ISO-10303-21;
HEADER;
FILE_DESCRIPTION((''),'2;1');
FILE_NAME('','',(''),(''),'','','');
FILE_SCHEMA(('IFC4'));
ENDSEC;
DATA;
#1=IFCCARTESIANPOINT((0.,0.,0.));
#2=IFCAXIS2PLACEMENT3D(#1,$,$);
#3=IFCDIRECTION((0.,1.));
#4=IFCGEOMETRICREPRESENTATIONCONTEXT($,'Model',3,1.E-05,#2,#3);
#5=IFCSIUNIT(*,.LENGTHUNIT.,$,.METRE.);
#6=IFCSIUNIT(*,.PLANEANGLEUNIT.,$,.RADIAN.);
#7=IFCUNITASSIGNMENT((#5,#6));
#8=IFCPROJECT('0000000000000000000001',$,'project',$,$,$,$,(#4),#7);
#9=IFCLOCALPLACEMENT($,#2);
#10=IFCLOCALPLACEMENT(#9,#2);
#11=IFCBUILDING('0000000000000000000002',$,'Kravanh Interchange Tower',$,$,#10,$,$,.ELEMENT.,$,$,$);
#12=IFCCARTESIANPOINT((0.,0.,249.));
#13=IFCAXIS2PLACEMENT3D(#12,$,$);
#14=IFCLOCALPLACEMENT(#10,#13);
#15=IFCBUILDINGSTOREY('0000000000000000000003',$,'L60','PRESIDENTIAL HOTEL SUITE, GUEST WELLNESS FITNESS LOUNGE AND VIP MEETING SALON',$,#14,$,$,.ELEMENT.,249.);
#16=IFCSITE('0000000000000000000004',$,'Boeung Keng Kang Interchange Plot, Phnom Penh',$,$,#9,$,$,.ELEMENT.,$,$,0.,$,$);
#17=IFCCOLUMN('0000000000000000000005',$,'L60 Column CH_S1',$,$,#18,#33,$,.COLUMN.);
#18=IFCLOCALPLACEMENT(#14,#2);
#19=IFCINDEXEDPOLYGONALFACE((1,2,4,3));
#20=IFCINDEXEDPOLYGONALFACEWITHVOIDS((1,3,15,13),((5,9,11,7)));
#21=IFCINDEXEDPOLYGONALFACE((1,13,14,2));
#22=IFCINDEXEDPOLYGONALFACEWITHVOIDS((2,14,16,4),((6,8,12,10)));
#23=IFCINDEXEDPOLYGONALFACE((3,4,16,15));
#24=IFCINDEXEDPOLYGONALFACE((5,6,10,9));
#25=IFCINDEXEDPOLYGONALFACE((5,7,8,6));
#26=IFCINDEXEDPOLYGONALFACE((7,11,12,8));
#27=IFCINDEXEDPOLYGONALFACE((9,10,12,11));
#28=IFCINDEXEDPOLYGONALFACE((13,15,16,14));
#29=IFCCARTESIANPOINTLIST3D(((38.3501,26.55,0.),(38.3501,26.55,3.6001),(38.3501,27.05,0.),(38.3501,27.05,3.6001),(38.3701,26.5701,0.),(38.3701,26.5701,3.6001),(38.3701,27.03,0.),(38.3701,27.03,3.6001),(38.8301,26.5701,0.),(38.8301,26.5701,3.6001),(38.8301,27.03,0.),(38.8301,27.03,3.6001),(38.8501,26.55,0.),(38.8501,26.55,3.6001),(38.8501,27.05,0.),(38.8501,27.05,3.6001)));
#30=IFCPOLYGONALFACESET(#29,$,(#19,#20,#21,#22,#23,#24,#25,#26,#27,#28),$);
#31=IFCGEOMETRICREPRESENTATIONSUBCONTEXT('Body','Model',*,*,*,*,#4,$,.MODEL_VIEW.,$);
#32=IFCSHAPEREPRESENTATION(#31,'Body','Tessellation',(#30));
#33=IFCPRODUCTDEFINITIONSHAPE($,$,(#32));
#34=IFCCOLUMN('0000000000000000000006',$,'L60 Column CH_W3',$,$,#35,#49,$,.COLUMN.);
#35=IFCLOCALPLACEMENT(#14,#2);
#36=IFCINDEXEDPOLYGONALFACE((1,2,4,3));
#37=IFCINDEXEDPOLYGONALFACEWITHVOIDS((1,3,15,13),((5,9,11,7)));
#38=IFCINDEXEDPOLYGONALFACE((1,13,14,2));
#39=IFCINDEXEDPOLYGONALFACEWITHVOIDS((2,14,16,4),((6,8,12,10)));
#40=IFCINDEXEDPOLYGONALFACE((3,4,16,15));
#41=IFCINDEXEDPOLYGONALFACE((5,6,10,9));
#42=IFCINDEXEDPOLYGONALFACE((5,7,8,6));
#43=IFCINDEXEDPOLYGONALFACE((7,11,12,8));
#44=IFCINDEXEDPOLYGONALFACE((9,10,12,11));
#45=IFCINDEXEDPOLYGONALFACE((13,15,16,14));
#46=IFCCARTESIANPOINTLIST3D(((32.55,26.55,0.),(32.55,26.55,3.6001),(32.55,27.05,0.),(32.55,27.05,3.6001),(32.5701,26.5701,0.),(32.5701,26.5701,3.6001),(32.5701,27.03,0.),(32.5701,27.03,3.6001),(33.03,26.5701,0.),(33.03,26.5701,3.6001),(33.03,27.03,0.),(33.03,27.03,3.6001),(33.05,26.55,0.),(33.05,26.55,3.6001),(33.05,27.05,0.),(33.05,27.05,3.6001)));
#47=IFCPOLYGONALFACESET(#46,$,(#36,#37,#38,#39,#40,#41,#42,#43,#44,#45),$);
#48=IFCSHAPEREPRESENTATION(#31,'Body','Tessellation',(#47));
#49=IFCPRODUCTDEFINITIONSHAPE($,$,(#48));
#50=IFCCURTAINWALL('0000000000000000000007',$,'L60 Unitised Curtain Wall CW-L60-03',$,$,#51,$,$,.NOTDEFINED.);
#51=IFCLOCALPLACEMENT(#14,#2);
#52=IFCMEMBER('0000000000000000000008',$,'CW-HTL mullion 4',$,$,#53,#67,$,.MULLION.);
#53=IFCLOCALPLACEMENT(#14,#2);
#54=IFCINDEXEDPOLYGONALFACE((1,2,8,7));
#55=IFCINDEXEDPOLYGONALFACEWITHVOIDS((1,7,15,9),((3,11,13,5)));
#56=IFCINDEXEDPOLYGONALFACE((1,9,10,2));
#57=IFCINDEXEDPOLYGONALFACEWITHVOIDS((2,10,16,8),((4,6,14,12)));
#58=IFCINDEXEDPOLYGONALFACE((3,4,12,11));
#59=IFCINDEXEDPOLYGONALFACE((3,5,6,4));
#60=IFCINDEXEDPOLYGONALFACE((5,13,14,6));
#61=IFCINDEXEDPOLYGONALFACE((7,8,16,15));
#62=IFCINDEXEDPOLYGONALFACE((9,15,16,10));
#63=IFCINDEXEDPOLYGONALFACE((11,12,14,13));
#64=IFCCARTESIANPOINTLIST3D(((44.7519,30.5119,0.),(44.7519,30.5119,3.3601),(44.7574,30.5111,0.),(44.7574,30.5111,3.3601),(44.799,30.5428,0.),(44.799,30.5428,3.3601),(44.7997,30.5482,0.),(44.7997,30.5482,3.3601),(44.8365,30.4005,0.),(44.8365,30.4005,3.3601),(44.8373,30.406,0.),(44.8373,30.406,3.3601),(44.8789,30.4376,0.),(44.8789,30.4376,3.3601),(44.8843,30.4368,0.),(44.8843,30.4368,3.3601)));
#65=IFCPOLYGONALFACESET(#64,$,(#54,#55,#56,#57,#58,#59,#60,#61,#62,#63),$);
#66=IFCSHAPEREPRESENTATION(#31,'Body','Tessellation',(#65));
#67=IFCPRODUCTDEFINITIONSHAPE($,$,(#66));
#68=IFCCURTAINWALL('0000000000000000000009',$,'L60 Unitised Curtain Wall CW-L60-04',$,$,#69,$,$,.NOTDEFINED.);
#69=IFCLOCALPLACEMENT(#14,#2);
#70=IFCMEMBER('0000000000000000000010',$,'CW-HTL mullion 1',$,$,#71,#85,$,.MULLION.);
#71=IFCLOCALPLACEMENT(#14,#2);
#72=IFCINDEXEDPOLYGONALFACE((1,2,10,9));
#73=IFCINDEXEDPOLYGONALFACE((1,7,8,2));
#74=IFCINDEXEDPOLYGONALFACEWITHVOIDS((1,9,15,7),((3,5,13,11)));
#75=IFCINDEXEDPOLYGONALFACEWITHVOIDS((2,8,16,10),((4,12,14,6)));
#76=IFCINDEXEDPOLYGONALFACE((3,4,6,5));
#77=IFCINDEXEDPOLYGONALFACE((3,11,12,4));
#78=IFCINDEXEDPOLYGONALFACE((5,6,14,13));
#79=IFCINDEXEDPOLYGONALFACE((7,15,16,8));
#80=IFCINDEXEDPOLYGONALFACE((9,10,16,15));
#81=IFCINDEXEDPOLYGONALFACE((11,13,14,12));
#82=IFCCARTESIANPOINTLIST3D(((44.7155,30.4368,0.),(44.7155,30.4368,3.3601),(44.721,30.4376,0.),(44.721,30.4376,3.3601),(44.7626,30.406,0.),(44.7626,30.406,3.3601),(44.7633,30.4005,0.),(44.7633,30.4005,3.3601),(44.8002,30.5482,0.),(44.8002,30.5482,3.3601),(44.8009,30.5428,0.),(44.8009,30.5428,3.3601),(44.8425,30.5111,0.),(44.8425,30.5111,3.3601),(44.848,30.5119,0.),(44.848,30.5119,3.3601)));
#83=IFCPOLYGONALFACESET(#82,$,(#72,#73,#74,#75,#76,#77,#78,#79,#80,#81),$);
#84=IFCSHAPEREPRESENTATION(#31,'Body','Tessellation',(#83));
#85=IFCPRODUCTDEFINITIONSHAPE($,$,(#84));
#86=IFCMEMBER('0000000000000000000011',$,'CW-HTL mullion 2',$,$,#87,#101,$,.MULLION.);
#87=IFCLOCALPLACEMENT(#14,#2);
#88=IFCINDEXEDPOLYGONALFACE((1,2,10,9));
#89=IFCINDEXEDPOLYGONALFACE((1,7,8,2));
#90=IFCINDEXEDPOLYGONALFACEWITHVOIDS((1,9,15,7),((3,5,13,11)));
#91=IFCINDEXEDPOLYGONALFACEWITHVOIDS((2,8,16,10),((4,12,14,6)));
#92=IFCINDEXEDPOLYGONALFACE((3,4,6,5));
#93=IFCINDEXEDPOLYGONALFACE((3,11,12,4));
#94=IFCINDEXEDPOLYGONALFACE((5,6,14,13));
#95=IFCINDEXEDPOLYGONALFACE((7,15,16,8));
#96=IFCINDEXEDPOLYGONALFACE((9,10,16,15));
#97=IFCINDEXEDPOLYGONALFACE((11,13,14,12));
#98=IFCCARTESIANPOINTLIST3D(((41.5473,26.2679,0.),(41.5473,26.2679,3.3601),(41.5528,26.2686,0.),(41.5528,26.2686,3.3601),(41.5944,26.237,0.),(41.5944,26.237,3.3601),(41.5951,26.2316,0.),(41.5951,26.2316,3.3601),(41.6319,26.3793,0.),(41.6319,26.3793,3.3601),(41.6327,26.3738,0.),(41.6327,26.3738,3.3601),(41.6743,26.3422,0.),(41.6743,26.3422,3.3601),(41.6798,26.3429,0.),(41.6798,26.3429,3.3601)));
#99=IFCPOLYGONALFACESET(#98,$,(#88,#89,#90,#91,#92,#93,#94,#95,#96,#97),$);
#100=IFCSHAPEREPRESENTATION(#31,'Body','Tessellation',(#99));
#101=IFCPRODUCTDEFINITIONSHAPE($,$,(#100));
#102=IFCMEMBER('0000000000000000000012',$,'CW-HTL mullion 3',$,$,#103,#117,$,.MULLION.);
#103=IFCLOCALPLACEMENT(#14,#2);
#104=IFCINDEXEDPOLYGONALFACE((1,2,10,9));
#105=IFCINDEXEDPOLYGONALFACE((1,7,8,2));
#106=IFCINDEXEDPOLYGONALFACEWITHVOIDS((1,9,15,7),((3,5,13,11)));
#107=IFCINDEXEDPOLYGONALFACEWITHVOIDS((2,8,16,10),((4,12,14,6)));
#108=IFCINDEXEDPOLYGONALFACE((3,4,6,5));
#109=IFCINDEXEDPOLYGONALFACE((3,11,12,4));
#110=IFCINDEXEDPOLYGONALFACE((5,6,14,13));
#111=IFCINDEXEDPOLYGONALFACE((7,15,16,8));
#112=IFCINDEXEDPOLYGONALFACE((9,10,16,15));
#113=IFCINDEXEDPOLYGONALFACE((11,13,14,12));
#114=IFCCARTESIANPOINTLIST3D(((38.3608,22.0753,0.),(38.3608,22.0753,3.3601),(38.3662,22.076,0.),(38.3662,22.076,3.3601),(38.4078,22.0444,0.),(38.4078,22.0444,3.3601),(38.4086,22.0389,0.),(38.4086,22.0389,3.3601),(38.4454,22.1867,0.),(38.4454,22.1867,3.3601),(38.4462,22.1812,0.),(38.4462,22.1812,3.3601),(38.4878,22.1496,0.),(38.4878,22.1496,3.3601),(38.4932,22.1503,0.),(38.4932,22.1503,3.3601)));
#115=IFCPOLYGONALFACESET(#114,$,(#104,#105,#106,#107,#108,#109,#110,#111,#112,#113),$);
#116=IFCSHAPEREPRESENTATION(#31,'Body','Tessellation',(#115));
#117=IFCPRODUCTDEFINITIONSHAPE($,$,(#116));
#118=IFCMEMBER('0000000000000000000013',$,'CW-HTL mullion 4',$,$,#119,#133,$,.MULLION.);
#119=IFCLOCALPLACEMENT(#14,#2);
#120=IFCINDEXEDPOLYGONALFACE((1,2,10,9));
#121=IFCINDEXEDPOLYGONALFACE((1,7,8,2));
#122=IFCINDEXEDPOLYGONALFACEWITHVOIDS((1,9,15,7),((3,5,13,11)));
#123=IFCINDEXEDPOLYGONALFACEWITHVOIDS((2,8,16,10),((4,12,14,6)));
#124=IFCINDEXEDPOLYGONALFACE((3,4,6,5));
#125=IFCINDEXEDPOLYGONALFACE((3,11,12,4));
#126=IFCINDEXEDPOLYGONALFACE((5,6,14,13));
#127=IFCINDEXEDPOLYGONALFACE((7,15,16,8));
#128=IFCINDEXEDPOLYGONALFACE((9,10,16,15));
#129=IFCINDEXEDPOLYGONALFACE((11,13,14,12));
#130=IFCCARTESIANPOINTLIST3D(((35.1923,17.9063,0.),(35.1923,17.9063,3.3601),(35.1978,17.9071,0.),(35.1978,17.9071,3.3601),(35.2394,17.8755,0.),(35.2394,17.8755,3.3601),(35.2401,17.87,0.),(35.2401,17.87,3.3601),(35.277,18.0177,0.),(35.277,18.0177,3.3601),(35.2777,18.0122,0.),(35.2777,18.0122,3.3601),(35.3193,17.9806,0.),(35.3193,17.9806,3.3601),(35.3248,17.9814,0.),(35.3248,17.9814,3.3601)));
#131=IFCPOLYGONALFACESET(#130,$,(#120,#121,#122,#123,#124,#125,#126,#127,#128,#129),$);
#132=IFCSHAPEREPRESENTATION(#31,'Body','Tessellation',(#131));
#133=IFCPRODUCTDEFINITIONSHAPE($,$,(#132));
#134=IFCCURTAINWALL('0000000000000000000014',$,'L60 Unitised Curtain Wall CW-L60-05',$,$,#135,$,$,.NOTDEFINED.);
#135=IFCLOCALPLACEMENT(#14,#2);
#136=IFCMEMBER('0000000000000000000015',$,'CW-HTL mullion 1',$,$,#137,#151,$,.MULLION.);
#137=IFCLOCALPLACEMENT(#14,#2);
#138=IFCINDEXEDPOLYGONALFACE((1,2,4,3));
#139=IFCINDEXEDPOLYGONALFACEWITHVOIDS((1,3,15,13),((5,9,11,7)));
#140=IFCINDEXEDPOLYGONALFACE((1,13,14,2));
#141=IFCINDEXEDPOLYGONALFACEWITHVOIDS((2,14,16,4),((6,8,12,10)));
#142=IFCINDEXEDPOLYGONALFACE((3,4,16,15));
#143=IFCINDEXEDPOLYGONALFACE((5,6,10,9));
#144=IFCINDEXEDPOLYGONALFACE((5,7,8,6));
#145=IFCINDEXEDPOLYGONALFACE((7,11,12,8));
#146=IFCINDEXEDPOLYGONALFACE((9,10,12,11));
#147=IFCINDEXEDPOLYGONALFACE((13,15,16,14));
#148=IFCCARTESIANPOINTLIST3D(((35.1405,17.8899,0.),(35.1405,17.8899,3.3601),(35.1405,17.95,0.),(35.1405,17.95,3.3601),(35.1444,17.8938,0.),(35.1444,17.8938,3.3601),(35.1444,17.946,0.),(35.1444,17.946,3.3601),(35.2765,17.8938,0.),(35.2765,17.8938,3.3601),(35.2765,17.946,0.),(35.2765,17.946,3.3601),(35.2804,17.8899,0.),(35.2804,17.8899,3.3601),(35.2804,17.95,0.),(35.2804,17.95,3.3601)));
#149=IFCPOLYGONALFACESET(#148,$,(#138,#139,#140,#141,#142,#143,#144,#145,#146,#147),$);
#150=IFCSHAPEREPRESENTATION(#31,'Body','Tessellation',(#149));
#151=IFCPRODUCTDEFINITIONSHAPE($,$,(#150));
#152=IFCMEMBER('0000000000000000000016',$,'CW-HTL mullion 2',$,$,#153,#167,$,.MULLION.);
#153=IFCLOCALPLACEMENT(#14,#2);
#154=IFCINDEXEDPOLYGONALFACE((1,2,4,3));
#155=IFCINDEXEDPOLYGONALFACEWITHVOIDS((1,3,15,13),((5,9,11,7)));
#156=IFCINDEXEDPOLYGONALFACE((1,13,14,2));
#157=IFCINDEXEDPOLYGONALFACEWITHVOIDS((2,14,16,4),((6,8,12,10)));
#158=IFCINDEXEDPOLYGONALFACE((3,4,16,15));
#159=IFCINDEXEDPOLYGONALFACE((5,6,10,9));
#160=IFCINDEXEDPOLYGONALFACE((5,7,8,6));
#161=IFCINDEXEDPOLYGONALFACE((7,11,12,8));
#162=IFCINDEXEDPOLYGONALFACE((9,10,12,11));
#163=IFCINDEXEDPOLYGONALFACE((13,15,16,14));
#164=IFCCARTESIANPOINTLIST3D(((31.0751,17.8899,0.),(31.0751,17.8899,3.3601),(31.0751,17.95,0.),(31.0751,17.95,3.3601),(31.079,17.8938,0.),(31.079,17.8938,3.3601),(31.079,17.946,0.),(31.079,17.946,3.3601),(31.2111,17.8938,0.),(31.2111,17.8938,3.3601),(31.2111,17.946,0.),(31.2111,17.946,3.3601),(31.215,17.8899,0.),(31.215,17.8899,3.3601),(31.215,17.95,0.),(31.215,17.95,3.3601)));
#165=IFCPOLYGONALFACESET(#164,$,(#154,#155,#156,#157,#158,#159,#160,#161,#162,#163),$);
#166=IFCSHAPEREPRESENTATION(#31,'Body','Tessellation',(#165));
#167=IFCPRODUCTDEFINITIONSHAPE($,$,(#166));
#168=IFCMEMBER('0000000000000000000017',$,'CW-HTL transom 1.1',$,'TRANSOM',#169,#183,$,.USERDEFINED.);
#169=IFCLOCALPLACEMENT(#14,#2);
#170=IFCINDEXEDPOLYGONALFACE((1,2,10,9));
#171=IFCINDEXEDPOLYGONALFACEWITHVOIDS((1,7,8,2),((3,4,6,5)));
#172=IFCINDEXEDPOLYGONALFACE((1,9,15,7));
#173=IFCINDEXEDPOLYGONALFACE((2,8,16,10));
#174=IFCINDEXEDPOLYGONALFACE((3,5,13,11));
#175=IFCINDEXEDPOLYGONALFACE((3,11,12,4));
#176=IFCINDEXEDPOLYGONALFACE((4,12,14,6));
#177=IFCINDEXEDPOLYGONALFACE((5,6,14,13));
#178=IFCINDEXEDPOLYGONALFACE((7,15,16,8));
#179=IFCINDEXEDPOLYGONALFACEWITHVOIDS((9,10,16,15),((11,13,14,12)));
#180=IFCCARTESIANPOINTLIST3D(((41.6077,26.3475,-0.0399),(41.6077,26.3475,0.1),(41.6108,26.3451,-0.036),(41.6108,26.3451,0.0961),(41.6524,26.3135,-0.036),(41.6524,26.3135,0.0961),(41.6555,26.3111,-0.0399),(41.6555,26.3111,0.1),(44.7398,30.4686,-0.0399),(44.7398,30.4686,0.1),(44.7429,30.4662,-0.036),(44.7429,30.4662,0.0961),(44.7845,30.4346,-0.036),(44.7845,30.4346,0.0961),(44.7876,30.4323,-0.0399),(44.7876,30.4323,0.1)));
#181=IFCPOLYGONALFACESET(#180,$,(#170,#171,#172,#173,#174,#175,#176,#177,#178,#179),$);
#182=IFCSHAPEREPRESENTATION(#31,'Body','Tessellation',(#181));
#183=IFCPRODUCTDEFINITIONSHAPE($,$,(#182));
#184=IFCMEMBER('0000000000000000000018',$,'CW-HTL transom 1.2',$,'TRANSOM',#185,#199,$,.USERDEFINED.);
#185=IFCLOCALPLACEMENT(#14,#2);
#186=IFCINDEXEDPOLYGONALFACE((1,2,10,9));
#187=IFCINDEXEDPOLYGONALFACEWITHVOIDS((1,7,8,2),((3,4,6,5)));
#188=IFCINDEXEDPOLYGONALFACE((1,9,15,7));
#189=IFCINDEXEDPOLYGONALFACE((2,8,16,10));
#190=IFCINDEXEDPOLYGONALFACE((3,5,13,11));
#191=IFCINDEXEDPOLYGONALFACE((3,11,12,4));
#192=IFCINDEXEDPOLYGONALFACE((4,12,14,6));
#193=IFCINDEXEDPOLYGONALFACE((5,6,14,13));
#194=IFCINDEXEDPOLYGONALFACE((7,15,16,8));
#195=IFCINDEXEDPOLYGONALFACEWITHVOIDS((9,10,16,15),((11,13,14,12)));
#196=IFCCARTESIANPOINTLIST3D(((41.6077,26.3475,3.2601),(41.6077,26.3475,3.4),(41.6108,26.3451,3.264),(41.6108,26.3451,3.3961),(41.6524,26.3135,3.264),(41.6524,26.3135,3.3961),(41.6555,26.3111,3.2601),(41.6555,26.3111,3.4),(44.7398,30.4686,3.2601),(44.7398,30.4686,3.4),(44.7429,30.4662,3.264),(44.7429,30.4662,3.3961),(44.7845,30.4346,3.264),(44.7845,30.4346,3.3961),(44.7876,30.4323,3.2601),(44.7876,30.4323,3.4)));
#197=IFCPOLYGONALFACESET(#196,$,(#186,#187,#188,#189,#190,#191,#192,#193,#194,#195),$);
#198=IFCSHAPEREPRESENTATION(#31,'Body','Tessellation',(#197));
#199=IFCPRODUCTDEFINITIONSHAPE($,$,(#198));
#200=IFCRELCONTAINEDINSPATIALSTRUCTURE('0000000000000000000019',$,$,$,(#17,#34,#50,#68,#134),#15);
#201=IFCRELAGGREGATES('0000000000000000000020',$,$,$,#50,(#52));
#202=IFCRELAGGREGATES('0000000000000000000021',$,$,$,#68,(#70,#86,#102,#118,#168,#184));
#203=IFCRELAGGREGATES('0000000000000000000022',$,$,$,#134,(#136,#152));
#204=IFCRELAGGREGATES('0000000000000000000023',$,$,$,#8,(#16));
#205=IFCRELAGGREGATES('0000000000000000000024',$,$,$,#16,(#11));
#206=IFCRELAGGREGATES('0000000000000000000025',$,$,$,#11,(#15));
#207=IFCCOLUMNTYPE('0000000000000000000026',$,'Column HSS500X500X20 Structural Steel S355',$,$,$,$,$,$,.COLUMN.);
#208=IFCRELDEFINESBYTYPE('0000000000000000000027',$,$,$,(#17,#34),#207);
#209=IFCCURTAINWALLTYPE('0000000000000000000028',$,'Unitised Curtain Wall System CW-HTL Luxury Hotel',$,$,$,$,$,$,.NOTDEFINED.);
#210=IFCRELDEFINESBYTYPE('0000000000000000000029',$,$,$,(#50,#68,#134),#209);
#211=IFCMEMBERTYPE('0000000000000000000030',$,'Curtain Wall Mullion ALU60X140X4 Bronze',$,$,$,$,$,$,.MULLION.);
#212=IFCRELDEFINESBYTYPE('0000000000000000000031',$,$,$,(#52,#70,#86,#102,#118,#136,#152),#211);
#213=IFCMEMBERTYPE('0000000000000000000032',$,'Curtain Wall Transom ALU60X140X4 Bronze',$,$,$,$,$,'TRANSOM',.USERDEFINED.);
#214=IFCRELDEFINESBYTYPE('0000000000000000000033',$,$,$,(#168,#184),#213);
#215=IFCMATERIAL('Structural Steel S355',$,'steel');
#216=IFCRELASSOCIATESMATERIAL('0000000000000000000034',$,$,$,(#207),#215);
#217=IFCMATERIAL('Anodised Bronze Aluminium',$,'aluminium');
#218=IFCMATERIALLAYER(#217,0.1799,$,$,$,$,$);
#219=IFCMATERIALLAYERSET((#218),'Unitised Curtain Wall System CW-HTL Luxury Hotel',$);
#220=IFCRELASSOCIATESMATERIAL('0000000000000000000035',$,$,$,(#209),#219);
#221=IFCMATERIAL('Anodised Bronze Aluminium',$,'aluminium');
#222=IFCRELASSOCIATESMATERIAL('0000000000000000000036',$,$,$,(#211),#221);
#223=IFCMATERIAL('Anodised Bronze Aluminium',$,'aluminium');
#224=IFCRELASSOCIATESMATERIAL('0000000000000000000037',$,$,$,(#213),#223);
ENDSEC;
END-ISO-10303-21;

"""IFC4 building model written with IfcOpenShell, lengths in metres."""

from ifc_helpers import new_model, si_unit, direction, frame, origin, origin_2d, place, context, subcontext, project, spatial, hollow_rectangle, extrude, material, layer, layer_set, material_profile, profile_set, type_object, element, aggregate, save


model = new_model("IFC4")

# Units and contexts
model_context = context("Model", 3, precision=1e-05, world=origin(), true_north=direction((0.0, 1.0)))
body_context = subcontext(model_context, "Body", "Model", "MODEL_VIEW")
ifc_project = project(units=[si_unit("LENGTHUNIT", "METRE"), si_unit("PLANEANGLEUNIT", "RADIAN")], contexts=[model_context])

# Site, building, storey
site_placement = place(None, origin())
site = spatial("IfcSite", under=ifc_project, at=site_placement, Name="Boeung Keng Kang Interchange Plot, Phnom Penh", CompositionType="ELEMENT", RefElevation=0.0)
building_placement = place(site_placement, origin())
building = spatial("IfcBuilding", under=site, at=building_placement, Name="Kravanh Interchange Tower", CompositionType="ELEMENT")
storey_placement = place(building_placement, frame((0.0, 0.0, 249.0)))
storey = spatial("IfcBuildingStorey", under=building, at=storey_placement, Name="L60", Description="PRESIDENTIAL HOTEL SUITE, GUEST WELLNESS FITNESS LOUNGE AND VIP MEETING SALON", CompositionType="ELEMENT", Elevation=249.0)

# Columns
ifc_material_1 = material(Name="Structural Steel S355", Category="steel")
ifc_material_profile_1 = material_profile(ifc_material_1, hollow_rectangle(XDim=0.5, YDim=0.5, WallThickness=0.02, at=origin_2d()), Name="HSS500X500X20")
ifc_profile_set_1 = profile_set([ifc_material_profile_1], Name="Structural Steel S355")
column_type = type_object("IfcColumnType", Name="Column HSS500X500X20 Structural Steel S355", PredefinedType="COLUMN", material=ifc_profile_set_1)
for number, where, z_axis, x_axis, name in (
    (1, (38.6001, 26.8, 0.0), (0.0, 0.0, 1.0), (1.0, 0.0, 0.0), "L60 Column CH_S1"),
    (2, (32.8, 26.8, 0.0), (0.0, 0.0, 1.0), (1.0, 0.0, 0.0), "L60 Column CH_W3"),
):
    element("IfcColumn", number, at=place(storey_placement, frame(where, z_axis=z_axis, x_axis=x_axis)), inside=storey, type_object=column_type, Name=name, PredefinedType="COLUMN", context=body_context, shape_type="SweptSolid", body=[
        extrude(hollow_rectangle(XDim=0.5, YDim=0.5, WallThickness=0.02, at=origin_2d()), origin(), (0.0, 0.0, 1.0), 3.6001),
    ])

# Curtain wall, member
ifc_material_2 = material(Name="Anodised Bronze Aluminium", Category="aluminium")
ifc_layer_1 = layer(ifc_material_2, 0.1799)
ifc_layer_set_1 = layer_set([ifc_layer_1], Name="Unitised Curtain Wall System CW-HTL Luxury Hotel")
curtain_wall_type = type_object("IfcCurtainWallType", Name="Unitised Curtain Wall System CW-HTL Luxury Hotel", PredefinedType="NOTDEFINED", material=ifc_layer_set_1)
curtain_wall_1_placement = place(storey_placement, origin())
curtain_wall_1 = element("IfcCurtainWall", 3, at=curtain_wall_1_placement, inside=storey, type_object=curtain_wall_type, Name="L60 Unitised Curtain Wall CW-L60-03", PredefinedType="NOTDEFINED")
ifc_material_3 = material(Name="Anodised Bronze Aluminium", Category="aluminium")
ifc_material_profile_2 = material_profile(ifc_material_3, hollow_rectangle(XDim=0.0601, YDim=0.1399, WallThickness=0.0039, at=origin_2d()), Name="ALU60X140X4")
ifc_profile_set_2 = profile_set([ifc_material_profile_2], Name="Anodised Bronze Aluminium")
member_type_1 = type_object("IfcMemberType", Name="Curtain Wall Mullion ALU60X140X4 Bronze", PredefinedType="MULLION", material=ifc_profile_set_2)
member_1_placement = place(storey_placement, frame((44.8181, 30.4744, 0.0), z_axis=(0.0, 0.0, 1.0), x_axis=(-0.796162, -0.605083, 0.0)))
member_1 = element("IfcMember", 4, at=member_1_placement, type_object=member_type_1, Name="CW-HTL mullion 4", PredefinedType="MULLION", context=body_context, shape_type="SweptSolid", body=[
    extrude(hollow_rectangle(XDim=0.0601, YDim=0.1399, WallThickness=0.0039, at=origin_2d()), origin(), (0.0, 0.0, 1.0), 3.3601),
])

# Curtain walls, members
curtain_wall_2_placement = place(storey_placement, origin())
curtain_wall_2 = element("IfcCurtainWall", 5, at=curtain_wall_2_placement, inside=storey, type_object=curtain_wall_type, Name="L60 Unitised Curtain Wall CW-L60-04", PredefinedType="NOTDEFINED")
member_2_placement = place(storey_placement, frame((44.7817, 30.4744, 0.0), z_axis=(0.0, 0.0, 1.0), x_axis=(0.796162, -0.605083, 0.0)))
member_2 = element("IfcMember", 6, at=member_2_placement, type_object=member_type_1, Name="CW-HTL mullion 1", PredefinedType="MULLION", context=body_context, shape_type="SweptSolid", body=[
    extrude(hollow_rectangle(XDim=0.0601, YDim=0.1399, WallThickness=0.0039, at=origin_2d()), origin(), (0.0, 0.0, 1.0), 3.3601),
])
member_3_placement = place(storey_placement, frame((41.6135, 26.3054, 0.0), z_axis=(0.0, 0.0, 1.0), x_axis=(0.796162, -0.605083, 0.0)))
member_3 = element("IfcMember", 7, at=member_3_placement, type_object=member_type_1, Name="CW-HTL mullion 2", PredefinedType="MULLION", context=body_context, shape_type="SweptSolid", body=[
    extrude(hollow_rectangle(XDim=0.0601, YDim=0.1399, WallThickness=0.0039, at=origin_2d()), origin(), (0.0, 0.0, 1.0), 3.3601),
])
member_4_placement = place(storey_placement, frame((38.427, 22.1128, 0.0), z_axis=(0.0, 0.0, 1.0), x_axis=(0.796162, -0.605083, 0.0)))
member_4 = element("IfcMember", 8, at=member_4_placement, type_object=member_type_1, Name="CW-HTL mullion 3", PredefinedType="MULLION", context=body_context, shape_type="SweptSolid", body=[
    extrude(hollow_rectangle(XDim=0.0601, YDim=0.1399, WallThickness=0.0039, at=origin_2d()), origin(), (0.0, 0.0, 1.0), 3.3601),
])
member_5_placement = place(storey_placement, frame((35.2585, 17.9438, 0.0), z_axis=(0.0, 0.0, 1.0), x_axis=(0.796162, -0.605083, 0.0)))
member_5 = element("IfcMember", 9, at=member_5_placement, type_object=member_type_1, Name="CW-HTL mullion 4", PredefinedType="MULLION", context=body_context, shape_type="SweptSolid", body=[
    extrude(hollow_rectangle(XDim=0.0601, YDim=0.1399, WallThickness=0.0039, at=origin_2d()), origin(), (0.0, 0.0, 1.0), 3.3601),
])
curtain_wall_3_placement = place(storey_placement, origin())
curtain_wall_3 = element("IfcCurtainWall", 10, at=curtain_wall_3_placement, inside=storey, type_object=curtain_wall_type, Name="L60 Unitised Curtain Wall CW-L60-05", PredefinedType="NOTDEFINED")
member_6_placement = place(storey_placement, frame((35.2104, 17.9199, 0.0), z_axis=(0.0, 0.0, 1.0), x_axis=(0.0, -1.0, 0.0)))
member_6 = element("IfcMember", 11, at=member_6_placement, type_object=member_type_1, Name="CW-HTL mullion 1", PredefinedType="MULLION", context=body_context, shape_type="SweptSolid", body=[
    extrude(hollow_rectangle(XDim=0.0601, YDim=0.1399, WallThickness=0.0039, at=origin_2d()), origin(), (0.0, 0.0, 1.0), 3.3601),
])
member_7_placement = place(storey_placement, frame((31.145, 17.9199, 0.0), z_axis=(0.0, 0.0, 1.0), x_axis=(0.0, -1.0, 0.0)))
member_7 = element("IfcMember", 12, at=member_7_placement, type_object=member_type_1, Name="CW-HTL mullion 2", PredefinedType="MULLION", context=body_context, shape_type="SweptSolid", body=[
    extrude(hollow_rectangle(XDim=0.0601, YDim=0.1399, WallThickness=0.0039, at=origin_2d()), origin(), (0.0, 0.0, 1.0), 3.3601),
])

# Members
ifc_material_4 = material(Name="Anodised Bronze Aluminium", Category="aluminium")
ifc_material_profile_3 = material_profile(ifc_material_4, hollow_rectangle(XDim=0.0601, YDim=0.1399, WallThickness=0.0039, at=origin_2d()), Name="ALU60X140X4")
ifc_profile_set_3 = profile_set([ifc_material_profile_3], Name="Anodised Bronze Aluminium")
member_type_2 = type_object("IfcMemberType", Name="Curtain Wall Transom ALU60X140X4 Bronze", ElementType="TRANSOM", PredefinedType="USERDEFINED", material=ifc_profile_set_3)
member_8_placement = place(storey_placement, frame((44.7637, 30.4504, 0.03), z_axis=(-0.605089, -0.796158, 0.0), x_axis=(0.796158, -0.605089, 0.0)))
member_8 = element("IfcMember", 13, at=member_8_placement, type_object=member_type_2, Name="CW-HTL transom 1.1", ObjectType="TRANSOM", PredefinedType="USERDEFINED", context=body_context, shape_type="SweptSolid", body=[
    extrude(hollow_rectangle(XDim=0.0601, YDim=0.1399, WallThickness=0.0039, at=origin_2d()), origin(), (0.0, 0.0, 1.0), 5.1763),
])
member_9_placement = place(storey_placement, frame((44.7637, 30.4504, 3.3301), z_axis=(-0.605089, -0.796158, 0.0), x_axis=(0.796158, -0.605089, 0.0)))
member_9 = element("IfcMember", 14, at=member_9_placement, type_object=member_type_2, Name="CW-HTL transom 1.2", ObjectType="TRANSOM", PredefinedType="USERDEFINED", context=body_context, shape_type="SweptSolid", body=[
    extrude(hollow_rectangle(XDim=0.0601, YDim=0.1399, WallThickness=0.0039, at=origin_2d()), origin(), (0.0, 0.0, 1.0), 5.1763),
])

aggregate(curtain_wall_1, [member_1])
aggregate(curtain_wall_2, [member_2, member_3, member_4, member_5, member_8, member_9])
aggregate(curtain_wall_3, [member_6, member_7])

save(model, "model.ifc")
